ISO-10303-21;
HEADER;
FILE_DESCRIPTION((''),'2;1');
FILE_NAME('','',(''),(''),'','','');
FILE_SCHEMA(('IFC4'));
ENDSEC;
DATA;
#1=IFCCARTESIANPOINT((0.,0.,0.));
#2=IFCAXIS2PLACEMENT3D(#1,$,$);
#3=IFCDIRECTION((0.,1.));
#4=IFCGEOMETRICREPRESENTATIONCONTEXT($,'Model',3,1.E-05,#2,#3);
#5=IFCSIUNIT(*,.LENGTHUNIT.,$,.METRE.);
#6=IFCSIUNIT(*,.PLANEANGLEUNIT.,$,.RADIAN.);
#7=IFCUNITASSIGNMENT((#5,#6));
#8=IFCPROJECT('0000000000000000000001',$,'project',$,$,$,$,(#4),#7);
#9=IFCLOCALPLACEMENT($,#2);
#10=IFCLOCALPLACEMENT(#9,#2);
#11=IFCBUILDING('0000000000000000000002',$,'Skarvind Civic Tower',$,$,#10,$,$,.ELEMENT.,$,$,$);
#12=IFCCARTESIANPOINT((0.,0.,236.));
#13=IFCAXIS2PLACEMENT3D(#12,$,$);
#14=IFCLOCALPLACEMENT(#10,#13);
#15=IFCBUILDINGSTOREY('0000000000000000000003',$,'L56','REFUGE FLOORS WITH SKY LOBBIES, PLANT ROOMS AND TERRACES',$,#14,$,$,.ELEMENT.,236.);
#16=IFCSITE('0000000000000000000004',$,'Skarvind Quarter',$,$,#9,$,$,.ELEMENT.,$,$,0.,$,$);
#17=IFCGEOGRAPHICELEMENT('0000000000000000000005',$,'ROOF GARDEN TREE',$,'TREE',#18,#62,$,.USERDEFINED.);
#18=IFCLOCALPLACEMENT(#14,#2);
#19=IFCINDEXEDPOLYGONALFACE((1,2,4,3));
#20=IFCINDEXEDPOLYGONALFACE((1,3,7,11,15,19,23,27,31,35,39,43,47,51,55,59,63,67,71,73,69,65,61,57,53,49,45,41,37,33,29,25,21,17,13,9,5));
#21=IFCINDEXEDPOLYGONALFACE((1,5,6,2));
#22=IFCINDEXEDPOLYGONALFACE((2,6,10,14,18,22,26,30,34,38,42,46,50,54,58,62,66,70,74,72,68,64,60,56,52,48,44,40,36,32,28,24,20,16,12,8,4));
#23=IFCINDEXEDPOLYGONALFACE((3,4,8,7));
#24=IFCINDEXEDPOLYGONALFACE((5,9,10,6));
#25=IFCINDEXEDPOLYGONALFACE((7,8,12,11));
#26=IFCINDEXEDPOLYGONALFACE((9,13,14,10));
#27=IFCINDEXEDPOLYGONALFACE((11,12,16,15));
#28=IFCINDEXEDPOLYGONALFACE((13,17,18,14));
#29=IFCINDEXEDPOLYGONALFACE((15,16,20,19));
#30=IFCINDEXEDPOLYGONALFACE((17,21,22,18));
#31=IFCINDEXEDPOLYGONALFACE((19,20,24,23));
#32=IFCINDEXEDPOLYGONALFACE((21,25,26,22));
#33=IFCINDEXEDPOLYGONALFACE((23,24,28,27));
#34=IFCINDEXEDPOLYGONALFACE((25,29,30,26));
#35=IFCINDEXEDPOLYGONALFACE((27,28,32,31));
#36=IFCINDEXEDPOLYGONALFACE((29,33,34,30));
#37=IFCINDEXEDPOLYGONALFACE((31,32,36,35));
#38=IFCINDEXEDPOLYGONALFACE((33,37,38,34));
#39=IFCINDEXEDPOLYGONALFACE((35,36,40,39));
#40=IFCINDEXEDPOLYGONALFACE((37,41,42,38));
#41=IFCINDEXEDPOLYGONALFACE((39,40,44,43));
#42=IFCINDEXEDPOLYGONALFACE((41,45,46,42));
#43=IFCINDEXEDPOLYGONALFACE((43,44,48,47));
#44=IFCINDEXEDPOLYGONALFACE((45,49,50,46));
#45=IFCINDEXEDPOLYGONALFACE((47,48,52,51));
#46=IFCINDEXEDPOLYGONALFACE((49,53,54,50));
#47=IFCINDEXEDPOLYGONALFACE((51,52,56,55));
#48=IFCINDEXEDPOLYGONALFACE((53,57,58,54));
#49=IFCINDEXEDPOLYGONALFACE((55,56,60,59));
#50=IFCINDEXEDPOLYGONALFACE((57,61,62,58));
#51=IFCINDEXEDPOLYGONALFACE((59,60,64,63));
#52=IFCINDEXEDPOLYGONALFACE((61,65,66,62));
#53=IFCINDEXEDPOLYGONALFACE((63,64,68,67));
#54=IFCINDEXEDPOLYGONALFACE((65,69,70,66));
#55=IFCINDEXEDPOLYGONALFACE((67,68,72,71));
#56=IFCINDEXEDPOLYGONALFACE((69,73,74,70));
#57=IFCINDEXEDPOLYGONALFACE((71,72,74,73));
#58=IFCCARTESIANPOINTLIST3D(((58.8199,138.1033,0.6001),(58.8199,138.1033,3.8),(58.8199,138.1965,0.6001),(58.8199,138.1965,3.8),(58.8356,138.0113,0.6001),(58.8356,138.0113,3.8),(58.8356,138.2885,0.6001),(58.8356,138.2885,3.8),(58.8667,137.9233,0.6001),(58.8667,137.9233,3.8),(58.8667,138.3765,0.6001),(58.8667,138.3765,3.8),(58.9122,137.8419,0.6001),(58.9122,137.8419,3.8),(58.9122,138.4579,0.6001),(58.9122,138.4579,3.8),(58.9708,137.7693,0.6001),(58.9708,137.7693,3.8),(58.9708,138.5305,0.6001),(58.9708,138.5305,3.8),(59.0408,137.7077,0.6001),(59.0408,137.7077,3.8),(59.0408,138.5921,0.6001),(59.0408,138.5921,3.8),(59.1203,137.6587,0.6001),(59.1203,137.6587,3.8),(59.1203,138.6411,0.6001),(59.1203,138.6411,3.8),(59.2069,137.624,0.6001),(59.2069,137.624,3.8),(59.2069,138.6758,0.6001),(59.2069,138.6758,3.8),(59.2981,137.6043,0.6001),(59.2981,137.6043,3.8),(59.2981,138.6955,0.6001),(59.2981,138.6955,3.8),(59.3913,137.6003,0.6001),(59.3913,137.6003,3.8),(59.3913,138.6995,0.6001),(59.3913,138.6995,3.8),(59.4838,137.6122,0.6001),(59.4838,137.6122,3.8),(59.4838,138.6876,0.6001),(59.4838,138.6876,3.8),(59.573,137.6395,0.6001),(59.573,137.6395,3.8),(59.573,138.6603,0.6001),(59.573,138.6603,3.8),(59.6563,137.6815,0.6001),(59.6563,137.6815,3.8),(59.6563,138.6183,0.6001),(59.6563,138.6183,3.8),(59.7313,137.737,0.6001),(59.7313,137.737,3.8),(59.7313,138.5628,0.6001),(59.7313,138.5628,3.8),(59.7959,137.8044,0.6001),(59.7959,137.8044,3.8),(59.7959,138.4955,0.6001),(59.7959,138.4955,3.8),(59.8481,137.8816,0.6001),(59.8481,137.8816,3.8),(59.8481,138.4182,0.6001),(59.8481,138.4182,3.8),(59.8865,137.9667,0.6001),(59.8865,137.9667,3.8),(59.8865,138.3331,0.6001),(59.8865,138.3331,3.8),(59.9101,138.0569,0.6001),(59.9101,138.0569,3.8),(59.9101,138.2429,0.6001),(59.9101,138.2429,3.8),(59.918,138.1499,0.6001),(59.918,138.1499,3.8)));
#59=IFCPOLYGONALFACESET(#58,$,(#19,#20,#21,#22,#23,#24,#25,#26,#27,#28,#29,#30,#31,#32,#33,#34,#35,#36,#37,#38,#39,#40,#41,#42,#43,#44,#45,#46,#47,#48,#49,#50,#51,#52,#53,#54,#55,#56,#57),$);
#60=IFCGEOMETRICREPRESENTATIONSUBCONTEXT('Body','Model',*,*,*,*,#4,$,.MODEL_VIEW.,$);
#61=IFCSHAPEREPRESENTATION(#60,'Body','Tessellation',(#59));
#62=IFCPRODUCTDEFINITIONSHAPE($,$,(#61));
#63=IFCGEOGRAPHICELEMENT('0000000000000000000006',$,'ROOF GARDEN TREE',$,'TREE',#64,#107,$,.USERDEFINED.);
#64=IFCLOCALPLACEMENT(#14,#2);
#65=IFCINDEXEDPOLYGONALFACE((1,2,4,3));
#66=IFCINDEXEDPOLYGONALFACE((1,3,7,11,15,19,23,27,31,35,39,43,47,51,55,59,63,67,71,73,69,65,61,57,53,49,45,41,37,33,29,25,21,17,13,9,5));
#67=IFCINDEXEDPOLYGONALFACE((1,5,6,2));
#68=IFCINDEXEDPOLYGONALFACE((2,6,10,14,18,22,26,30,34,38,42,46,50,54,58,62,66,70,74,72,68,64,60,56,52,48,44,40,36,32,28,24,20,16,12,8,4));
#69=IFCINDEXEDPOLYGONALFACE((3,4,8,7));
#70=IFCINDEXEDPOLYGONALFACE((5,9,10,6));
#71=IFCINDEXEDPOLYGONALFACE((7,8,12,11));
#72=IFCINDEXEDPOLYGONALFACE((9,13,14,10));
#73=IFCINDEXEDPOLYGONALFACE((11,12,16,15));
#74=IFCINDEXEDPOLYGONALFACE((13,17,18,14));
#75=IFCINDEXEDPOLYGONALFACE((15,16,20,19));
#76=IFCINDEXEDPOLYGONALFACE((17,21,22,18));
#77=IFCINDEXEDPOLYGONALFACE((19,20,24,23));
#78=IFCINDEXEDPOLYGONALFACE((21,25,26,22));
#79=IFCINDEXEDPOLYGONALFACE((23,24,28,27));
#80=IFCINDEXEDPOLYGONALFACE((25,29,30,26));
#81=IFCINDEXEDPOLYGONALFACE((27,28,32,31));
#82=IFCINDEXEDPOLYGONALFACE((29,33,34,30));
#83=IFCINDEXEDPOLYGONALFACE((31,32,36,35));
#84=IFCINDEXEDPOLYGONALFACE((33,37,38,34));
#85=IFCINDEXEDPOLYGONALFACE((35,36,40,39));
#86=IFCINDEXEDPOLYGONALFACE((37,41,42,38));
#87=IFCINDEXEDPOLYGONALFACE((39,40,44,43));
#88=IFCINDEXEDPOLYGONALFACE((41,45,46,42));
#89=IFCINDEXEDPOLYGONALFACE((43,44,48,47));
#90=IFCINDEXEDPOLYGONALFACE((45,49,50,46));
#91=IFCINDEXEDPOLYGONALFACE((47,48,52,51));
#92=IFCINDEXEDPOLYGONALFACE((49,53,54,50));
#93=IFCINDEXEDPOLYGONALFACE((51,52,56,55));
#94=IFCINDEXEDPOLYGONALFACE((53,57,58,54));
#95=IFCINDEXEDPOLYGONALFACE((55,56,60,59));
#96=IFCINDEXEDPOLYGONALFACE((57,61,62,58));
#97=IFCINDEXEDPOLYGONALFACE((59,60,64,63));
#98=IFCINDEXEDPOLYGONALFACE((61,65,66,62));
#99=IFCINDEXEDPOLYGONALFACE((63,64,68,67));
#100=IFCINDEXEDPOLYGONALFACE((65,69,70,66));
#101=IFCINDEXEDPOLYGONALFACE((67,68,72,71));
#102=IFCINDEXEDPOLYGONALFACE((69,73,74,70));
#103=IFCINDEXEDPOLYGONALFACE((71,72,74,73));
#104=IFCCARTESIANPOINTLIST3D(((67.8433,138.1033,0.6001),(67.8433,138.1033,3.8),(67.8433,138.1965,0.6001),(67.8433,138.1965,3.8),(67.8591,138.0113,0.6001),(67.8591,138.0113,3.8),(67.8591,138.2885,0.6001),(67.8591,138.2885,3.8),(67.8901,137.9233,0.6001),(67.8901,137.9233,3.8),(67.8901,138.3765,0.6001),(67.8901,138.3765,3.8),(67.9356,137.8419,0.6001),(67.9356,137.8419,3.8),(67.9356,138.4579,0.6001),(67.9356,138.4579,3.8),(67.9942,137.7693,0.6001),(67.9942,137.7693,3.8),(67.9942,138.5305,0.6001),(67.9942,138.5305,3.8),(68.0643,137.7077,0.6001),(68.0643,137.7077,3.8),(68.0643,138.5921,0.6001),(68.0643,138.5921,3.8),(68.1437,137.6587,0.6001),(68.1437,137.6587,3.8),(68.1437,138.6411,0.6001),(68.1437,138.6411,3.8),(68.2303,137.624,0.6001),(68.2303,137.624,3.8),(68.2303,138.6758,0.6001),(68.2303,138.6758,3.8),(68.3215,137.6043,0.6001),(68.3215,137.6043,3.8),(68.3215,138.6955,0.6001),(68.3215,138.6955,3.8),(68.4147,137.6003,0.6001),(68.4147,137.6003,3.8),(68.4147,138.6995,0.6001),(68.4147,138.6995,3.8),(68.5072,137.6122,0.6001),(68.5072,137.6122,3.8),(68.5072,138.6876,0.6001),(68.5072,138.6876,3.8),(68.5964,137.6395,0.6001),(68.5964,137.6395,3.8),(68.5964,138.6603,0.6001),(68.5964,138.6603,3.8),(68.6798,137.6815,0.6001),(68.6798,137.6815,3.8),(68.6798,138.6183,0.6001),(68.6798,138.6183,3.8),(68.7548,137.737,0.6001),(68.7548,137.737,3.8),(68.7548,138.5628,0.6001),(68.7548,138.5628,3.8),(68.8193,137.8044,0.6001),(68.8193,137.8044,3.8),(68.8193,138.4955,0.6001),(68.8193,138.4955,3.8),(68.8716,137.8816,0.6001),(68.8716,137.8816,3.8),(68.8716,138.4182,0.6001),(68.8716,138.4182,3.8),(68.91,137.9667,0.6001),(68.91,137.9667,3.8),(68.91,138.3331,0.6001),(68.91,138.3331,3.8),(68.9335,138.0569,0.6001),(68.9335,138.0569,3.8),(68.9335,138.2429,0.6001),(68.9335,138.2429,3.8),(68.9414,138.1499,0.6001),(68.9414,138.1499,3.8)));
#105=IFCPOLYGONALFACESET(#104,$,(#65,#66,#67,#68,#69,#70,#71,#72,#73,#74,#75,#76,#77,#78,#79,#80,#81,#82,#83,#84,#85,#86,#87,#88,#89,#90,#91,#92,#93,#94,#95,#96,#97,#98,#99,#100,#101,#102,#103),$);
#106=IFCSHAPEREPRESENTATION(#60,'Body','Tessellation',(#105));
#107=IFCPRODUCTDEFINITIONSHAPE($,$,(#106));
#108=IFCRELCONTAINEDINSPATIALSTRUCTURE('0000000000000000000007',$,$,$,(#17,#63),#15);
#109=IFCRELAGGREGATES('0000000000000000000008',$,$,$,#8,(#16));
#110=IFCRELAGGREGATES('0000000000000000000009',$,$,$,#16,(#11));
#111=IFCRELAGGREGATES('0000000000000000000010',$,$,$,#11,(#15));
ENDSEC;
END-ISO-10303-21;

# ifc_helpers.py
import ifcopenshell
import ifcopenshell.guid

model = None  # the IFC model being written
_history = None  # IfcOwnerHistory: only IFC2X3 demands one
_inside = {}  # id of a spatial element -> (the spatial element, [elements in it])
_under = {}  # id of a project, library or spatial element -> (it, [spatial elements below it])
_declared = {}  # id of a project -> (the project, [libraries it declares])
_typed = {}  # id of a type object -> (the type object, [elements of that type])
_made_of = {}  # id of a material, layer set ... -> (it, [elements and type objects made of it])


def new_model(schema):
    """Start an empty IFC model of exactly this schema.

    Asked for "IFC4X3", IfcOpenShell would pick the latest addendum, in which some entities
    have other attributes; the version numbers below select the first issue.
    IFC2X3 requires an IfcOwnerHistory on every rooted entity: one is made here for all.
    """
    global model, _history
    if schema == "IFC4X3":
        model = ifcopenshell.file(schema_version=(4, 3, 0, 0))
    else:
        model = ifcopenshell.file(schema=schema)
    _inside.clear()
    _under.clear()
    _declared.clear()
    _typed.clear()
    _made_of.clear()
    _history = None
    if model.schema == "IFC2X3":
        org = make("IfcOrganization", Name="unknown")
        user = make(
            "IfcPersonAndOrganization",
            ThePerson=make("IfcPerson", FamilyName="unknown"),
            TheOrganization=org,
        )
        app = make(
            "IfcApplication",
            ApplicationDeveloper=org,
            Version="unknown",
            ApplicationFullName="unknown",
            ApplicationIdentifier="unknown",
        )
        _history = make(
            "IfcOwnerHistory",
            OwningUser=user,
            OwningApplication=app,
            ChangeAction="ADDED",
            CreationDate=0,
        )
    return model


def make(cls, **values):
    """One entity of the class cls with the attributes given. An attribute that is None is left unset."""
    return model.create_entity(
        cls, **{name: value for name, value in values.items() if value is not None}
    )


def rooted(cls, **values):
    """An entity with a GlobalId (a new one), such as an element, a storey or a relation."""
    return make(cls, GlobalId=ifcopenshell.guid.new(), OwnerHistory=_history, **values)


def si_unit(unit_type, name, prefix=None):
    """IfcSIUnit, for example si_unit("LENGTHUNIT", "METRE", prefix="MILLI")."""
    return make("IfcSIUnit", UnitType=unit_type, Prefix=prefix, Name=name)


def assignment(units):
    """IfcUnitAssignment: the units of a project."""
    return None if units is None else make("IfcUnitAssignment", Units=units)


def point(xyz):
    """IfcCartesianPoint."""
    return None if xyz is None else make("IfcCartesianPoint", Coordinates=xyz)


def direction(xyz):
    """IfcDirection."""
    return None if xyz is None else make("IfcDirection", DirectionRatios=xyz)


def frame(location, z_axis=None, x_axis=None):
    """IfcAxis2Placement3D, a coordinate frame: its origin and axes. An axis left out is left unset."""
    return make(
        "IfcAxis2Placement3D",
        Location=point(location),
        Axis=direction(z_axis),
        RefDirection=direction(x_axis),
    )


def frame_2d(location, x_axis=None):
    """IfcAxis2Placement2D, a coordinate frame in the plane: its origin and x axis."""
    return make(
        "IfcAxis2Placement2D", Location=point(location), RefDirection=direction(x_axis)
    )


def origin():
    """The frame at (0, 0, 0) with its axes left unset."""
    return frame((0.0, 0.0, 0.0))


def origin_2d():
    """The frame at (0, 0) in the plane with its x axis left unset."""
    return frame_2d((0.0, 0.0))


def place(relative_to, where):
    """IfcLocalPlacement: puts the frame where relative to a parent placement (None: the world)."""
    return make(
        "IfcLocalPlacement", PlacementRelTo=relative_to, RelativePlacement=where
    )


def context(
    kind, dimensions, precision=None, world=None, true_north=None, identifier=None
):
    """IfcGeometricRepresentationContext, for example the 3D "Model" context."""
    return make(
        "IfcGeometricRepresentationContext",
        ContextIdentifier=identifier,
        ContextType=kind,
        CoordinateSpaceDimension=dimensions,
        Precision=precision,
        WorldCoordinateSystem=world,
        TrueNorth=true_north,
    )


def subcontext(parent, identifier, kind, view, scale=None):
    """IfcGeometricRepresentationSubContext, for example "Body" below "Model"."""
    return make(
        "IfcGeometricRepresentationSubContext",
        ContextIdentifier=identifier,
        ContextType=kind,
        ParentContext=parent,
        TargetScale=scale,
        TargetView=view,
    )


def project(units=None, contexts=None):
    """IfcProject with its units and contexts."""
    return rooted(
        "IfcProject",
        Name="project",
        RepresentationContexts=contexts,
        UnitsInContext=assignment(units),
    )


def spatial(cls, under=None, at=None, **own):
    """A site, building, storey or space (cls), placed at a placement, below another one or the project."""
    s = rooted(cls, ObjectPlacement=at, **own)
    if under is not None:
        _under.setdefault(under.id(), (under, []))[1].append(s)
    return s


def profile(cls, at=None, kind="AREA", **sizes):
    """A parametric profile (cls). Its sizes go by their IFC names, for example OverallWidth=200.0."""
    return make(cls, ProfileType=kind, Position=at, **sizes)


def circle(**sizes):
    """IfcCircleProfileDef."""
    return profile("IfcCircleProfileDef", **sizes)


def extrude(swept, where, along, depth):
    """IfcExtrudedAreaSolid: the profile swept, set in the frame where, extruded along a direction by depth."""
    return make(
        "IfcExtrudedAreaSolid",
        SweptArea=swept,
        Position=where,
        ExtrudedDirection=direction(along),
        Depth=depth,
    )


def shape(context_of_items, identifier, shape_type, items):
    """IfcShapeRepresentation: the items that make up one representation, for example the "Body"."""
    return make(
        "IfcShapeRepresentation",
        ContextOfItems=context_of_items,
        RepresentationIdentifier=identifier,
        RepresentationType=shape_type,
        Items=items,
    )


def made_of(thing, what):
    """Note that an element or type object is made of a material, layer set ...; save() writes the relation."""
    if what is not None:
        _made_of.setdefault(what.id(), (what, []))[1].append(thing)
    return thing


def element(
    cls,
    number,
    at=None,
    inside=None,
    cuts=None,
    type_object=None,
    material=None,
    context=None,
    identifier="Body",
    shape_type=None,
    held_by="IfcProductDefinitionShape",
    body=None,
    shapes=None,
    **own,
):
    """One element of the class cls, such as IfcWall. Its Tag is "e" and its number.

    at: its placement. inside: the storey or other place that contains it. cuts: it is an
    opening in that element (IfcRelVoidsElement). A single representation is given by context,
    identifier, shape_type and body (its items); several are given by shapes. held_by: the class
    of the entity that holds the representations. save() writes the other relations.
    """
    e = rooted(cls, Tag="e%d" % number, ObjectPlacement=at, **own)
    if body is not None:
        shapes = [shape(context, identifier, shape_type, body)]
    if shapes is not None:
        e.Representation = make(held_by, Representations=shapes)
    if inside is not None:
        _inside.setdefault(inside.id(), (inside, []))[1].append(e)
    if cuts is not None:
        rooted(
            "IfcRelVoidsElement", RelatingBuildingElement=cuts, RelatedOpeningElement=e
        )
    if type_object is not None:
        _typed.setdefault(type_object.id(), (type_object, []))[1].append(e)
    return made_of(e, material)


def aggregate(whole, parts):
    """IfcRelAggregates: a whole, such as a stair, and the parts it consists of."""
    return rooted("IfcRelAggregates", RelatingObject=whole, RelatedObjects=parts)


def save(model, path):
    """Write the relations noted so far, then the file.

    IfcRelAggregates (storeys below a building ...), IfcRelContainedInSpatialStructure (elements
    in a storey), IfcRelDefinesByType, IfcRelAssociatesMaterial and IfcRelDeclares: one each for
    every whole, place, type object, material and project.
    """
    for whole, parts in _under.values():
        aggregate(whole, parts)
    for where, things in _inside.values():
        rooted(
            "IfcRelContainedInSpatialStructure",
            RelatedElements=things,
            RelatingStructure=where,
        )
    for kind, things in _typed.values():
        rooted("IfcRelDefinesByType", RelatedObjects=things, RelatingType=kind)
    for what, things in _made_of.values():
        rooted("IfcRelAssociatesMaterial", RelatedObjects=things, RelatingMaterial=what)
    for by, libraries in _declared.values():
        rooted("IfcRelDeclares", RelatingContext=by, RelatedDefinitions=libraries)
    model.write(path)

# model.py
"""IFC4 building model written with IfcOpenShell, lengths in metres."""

from ifc_helpers import new_model, si_unit, direction, frame, origin, origin_2d, place, context, subcontext, project, spatial, circle, extrude, element, save


model = new_model("IFC4")

# Units and contexts
model_context = context("Model", 3, precision=1e-05, world=origin(), true_north=direction((0.0, 1.0)))
body_context = subcontext(model_context, "Body", "Model", "MODEL_VIEW")
ifc_project = project(units=[si_unit("LENGTHUNIT", "METRE"), si_unit("PLANEANGLEUNIT", "RADIAN")], contexts=[model_context])

# Site, building, storey
site_placement = place(None, origin())
site = spatial("IfcSite", under=ifc_project, at=site_placement, Name="Skarvind Quarter", CompositionType="ELEMENT", RefElevation=0.0)
building_placement = place(site_placement, origin())
building = spatial("IfcBuilding", under=site, at=building_placement, Name="Skarvind Civic Tower", CompositionType="ELEMENT")
storey_placement = place(building_placement, frame((0.0, 0.0, 236.0)))
storey = spatial("IfcBuildingStorey", under=building, at=storey_placement, Name="L56", Description="REFUGE FLOORS WITH SKY LOBBIES, PLANT ROOMS AND TERRACES", CompositionType="ELEMENT", Elevation=236.0)

# Geographic elements
for number, where, z_axis, x_axis, name in (
    (1, (59.3679, 138.1499, 0.6001), (0.0, 0.0, 1.0), (1.0, 0.0, 0.0), "ROOF GARDEN TREE"),
    (2, (68.3914, 138.1499, 0.6001), (0.0, 0.0, 1.0), (1.0, 0.0, 0.0), "ROOF GARDEN TREE"),
):
    element("IfcGeographicElement", number, at=place(storey_placement, frame(where, z_axis=z_axis, x_axis=x_axis)), inside=storey, Name=name, ObjectType="TREE", PredefinedType="USERDEFINED", context=body_context, shape_type="SweptSolid", body=[
        extrude(circle(Radius=0.55, at=origin_2d()), origin(), (0.0, 0.0, 1.0), 3.2),
    ])

save(model, "model.ifc")
